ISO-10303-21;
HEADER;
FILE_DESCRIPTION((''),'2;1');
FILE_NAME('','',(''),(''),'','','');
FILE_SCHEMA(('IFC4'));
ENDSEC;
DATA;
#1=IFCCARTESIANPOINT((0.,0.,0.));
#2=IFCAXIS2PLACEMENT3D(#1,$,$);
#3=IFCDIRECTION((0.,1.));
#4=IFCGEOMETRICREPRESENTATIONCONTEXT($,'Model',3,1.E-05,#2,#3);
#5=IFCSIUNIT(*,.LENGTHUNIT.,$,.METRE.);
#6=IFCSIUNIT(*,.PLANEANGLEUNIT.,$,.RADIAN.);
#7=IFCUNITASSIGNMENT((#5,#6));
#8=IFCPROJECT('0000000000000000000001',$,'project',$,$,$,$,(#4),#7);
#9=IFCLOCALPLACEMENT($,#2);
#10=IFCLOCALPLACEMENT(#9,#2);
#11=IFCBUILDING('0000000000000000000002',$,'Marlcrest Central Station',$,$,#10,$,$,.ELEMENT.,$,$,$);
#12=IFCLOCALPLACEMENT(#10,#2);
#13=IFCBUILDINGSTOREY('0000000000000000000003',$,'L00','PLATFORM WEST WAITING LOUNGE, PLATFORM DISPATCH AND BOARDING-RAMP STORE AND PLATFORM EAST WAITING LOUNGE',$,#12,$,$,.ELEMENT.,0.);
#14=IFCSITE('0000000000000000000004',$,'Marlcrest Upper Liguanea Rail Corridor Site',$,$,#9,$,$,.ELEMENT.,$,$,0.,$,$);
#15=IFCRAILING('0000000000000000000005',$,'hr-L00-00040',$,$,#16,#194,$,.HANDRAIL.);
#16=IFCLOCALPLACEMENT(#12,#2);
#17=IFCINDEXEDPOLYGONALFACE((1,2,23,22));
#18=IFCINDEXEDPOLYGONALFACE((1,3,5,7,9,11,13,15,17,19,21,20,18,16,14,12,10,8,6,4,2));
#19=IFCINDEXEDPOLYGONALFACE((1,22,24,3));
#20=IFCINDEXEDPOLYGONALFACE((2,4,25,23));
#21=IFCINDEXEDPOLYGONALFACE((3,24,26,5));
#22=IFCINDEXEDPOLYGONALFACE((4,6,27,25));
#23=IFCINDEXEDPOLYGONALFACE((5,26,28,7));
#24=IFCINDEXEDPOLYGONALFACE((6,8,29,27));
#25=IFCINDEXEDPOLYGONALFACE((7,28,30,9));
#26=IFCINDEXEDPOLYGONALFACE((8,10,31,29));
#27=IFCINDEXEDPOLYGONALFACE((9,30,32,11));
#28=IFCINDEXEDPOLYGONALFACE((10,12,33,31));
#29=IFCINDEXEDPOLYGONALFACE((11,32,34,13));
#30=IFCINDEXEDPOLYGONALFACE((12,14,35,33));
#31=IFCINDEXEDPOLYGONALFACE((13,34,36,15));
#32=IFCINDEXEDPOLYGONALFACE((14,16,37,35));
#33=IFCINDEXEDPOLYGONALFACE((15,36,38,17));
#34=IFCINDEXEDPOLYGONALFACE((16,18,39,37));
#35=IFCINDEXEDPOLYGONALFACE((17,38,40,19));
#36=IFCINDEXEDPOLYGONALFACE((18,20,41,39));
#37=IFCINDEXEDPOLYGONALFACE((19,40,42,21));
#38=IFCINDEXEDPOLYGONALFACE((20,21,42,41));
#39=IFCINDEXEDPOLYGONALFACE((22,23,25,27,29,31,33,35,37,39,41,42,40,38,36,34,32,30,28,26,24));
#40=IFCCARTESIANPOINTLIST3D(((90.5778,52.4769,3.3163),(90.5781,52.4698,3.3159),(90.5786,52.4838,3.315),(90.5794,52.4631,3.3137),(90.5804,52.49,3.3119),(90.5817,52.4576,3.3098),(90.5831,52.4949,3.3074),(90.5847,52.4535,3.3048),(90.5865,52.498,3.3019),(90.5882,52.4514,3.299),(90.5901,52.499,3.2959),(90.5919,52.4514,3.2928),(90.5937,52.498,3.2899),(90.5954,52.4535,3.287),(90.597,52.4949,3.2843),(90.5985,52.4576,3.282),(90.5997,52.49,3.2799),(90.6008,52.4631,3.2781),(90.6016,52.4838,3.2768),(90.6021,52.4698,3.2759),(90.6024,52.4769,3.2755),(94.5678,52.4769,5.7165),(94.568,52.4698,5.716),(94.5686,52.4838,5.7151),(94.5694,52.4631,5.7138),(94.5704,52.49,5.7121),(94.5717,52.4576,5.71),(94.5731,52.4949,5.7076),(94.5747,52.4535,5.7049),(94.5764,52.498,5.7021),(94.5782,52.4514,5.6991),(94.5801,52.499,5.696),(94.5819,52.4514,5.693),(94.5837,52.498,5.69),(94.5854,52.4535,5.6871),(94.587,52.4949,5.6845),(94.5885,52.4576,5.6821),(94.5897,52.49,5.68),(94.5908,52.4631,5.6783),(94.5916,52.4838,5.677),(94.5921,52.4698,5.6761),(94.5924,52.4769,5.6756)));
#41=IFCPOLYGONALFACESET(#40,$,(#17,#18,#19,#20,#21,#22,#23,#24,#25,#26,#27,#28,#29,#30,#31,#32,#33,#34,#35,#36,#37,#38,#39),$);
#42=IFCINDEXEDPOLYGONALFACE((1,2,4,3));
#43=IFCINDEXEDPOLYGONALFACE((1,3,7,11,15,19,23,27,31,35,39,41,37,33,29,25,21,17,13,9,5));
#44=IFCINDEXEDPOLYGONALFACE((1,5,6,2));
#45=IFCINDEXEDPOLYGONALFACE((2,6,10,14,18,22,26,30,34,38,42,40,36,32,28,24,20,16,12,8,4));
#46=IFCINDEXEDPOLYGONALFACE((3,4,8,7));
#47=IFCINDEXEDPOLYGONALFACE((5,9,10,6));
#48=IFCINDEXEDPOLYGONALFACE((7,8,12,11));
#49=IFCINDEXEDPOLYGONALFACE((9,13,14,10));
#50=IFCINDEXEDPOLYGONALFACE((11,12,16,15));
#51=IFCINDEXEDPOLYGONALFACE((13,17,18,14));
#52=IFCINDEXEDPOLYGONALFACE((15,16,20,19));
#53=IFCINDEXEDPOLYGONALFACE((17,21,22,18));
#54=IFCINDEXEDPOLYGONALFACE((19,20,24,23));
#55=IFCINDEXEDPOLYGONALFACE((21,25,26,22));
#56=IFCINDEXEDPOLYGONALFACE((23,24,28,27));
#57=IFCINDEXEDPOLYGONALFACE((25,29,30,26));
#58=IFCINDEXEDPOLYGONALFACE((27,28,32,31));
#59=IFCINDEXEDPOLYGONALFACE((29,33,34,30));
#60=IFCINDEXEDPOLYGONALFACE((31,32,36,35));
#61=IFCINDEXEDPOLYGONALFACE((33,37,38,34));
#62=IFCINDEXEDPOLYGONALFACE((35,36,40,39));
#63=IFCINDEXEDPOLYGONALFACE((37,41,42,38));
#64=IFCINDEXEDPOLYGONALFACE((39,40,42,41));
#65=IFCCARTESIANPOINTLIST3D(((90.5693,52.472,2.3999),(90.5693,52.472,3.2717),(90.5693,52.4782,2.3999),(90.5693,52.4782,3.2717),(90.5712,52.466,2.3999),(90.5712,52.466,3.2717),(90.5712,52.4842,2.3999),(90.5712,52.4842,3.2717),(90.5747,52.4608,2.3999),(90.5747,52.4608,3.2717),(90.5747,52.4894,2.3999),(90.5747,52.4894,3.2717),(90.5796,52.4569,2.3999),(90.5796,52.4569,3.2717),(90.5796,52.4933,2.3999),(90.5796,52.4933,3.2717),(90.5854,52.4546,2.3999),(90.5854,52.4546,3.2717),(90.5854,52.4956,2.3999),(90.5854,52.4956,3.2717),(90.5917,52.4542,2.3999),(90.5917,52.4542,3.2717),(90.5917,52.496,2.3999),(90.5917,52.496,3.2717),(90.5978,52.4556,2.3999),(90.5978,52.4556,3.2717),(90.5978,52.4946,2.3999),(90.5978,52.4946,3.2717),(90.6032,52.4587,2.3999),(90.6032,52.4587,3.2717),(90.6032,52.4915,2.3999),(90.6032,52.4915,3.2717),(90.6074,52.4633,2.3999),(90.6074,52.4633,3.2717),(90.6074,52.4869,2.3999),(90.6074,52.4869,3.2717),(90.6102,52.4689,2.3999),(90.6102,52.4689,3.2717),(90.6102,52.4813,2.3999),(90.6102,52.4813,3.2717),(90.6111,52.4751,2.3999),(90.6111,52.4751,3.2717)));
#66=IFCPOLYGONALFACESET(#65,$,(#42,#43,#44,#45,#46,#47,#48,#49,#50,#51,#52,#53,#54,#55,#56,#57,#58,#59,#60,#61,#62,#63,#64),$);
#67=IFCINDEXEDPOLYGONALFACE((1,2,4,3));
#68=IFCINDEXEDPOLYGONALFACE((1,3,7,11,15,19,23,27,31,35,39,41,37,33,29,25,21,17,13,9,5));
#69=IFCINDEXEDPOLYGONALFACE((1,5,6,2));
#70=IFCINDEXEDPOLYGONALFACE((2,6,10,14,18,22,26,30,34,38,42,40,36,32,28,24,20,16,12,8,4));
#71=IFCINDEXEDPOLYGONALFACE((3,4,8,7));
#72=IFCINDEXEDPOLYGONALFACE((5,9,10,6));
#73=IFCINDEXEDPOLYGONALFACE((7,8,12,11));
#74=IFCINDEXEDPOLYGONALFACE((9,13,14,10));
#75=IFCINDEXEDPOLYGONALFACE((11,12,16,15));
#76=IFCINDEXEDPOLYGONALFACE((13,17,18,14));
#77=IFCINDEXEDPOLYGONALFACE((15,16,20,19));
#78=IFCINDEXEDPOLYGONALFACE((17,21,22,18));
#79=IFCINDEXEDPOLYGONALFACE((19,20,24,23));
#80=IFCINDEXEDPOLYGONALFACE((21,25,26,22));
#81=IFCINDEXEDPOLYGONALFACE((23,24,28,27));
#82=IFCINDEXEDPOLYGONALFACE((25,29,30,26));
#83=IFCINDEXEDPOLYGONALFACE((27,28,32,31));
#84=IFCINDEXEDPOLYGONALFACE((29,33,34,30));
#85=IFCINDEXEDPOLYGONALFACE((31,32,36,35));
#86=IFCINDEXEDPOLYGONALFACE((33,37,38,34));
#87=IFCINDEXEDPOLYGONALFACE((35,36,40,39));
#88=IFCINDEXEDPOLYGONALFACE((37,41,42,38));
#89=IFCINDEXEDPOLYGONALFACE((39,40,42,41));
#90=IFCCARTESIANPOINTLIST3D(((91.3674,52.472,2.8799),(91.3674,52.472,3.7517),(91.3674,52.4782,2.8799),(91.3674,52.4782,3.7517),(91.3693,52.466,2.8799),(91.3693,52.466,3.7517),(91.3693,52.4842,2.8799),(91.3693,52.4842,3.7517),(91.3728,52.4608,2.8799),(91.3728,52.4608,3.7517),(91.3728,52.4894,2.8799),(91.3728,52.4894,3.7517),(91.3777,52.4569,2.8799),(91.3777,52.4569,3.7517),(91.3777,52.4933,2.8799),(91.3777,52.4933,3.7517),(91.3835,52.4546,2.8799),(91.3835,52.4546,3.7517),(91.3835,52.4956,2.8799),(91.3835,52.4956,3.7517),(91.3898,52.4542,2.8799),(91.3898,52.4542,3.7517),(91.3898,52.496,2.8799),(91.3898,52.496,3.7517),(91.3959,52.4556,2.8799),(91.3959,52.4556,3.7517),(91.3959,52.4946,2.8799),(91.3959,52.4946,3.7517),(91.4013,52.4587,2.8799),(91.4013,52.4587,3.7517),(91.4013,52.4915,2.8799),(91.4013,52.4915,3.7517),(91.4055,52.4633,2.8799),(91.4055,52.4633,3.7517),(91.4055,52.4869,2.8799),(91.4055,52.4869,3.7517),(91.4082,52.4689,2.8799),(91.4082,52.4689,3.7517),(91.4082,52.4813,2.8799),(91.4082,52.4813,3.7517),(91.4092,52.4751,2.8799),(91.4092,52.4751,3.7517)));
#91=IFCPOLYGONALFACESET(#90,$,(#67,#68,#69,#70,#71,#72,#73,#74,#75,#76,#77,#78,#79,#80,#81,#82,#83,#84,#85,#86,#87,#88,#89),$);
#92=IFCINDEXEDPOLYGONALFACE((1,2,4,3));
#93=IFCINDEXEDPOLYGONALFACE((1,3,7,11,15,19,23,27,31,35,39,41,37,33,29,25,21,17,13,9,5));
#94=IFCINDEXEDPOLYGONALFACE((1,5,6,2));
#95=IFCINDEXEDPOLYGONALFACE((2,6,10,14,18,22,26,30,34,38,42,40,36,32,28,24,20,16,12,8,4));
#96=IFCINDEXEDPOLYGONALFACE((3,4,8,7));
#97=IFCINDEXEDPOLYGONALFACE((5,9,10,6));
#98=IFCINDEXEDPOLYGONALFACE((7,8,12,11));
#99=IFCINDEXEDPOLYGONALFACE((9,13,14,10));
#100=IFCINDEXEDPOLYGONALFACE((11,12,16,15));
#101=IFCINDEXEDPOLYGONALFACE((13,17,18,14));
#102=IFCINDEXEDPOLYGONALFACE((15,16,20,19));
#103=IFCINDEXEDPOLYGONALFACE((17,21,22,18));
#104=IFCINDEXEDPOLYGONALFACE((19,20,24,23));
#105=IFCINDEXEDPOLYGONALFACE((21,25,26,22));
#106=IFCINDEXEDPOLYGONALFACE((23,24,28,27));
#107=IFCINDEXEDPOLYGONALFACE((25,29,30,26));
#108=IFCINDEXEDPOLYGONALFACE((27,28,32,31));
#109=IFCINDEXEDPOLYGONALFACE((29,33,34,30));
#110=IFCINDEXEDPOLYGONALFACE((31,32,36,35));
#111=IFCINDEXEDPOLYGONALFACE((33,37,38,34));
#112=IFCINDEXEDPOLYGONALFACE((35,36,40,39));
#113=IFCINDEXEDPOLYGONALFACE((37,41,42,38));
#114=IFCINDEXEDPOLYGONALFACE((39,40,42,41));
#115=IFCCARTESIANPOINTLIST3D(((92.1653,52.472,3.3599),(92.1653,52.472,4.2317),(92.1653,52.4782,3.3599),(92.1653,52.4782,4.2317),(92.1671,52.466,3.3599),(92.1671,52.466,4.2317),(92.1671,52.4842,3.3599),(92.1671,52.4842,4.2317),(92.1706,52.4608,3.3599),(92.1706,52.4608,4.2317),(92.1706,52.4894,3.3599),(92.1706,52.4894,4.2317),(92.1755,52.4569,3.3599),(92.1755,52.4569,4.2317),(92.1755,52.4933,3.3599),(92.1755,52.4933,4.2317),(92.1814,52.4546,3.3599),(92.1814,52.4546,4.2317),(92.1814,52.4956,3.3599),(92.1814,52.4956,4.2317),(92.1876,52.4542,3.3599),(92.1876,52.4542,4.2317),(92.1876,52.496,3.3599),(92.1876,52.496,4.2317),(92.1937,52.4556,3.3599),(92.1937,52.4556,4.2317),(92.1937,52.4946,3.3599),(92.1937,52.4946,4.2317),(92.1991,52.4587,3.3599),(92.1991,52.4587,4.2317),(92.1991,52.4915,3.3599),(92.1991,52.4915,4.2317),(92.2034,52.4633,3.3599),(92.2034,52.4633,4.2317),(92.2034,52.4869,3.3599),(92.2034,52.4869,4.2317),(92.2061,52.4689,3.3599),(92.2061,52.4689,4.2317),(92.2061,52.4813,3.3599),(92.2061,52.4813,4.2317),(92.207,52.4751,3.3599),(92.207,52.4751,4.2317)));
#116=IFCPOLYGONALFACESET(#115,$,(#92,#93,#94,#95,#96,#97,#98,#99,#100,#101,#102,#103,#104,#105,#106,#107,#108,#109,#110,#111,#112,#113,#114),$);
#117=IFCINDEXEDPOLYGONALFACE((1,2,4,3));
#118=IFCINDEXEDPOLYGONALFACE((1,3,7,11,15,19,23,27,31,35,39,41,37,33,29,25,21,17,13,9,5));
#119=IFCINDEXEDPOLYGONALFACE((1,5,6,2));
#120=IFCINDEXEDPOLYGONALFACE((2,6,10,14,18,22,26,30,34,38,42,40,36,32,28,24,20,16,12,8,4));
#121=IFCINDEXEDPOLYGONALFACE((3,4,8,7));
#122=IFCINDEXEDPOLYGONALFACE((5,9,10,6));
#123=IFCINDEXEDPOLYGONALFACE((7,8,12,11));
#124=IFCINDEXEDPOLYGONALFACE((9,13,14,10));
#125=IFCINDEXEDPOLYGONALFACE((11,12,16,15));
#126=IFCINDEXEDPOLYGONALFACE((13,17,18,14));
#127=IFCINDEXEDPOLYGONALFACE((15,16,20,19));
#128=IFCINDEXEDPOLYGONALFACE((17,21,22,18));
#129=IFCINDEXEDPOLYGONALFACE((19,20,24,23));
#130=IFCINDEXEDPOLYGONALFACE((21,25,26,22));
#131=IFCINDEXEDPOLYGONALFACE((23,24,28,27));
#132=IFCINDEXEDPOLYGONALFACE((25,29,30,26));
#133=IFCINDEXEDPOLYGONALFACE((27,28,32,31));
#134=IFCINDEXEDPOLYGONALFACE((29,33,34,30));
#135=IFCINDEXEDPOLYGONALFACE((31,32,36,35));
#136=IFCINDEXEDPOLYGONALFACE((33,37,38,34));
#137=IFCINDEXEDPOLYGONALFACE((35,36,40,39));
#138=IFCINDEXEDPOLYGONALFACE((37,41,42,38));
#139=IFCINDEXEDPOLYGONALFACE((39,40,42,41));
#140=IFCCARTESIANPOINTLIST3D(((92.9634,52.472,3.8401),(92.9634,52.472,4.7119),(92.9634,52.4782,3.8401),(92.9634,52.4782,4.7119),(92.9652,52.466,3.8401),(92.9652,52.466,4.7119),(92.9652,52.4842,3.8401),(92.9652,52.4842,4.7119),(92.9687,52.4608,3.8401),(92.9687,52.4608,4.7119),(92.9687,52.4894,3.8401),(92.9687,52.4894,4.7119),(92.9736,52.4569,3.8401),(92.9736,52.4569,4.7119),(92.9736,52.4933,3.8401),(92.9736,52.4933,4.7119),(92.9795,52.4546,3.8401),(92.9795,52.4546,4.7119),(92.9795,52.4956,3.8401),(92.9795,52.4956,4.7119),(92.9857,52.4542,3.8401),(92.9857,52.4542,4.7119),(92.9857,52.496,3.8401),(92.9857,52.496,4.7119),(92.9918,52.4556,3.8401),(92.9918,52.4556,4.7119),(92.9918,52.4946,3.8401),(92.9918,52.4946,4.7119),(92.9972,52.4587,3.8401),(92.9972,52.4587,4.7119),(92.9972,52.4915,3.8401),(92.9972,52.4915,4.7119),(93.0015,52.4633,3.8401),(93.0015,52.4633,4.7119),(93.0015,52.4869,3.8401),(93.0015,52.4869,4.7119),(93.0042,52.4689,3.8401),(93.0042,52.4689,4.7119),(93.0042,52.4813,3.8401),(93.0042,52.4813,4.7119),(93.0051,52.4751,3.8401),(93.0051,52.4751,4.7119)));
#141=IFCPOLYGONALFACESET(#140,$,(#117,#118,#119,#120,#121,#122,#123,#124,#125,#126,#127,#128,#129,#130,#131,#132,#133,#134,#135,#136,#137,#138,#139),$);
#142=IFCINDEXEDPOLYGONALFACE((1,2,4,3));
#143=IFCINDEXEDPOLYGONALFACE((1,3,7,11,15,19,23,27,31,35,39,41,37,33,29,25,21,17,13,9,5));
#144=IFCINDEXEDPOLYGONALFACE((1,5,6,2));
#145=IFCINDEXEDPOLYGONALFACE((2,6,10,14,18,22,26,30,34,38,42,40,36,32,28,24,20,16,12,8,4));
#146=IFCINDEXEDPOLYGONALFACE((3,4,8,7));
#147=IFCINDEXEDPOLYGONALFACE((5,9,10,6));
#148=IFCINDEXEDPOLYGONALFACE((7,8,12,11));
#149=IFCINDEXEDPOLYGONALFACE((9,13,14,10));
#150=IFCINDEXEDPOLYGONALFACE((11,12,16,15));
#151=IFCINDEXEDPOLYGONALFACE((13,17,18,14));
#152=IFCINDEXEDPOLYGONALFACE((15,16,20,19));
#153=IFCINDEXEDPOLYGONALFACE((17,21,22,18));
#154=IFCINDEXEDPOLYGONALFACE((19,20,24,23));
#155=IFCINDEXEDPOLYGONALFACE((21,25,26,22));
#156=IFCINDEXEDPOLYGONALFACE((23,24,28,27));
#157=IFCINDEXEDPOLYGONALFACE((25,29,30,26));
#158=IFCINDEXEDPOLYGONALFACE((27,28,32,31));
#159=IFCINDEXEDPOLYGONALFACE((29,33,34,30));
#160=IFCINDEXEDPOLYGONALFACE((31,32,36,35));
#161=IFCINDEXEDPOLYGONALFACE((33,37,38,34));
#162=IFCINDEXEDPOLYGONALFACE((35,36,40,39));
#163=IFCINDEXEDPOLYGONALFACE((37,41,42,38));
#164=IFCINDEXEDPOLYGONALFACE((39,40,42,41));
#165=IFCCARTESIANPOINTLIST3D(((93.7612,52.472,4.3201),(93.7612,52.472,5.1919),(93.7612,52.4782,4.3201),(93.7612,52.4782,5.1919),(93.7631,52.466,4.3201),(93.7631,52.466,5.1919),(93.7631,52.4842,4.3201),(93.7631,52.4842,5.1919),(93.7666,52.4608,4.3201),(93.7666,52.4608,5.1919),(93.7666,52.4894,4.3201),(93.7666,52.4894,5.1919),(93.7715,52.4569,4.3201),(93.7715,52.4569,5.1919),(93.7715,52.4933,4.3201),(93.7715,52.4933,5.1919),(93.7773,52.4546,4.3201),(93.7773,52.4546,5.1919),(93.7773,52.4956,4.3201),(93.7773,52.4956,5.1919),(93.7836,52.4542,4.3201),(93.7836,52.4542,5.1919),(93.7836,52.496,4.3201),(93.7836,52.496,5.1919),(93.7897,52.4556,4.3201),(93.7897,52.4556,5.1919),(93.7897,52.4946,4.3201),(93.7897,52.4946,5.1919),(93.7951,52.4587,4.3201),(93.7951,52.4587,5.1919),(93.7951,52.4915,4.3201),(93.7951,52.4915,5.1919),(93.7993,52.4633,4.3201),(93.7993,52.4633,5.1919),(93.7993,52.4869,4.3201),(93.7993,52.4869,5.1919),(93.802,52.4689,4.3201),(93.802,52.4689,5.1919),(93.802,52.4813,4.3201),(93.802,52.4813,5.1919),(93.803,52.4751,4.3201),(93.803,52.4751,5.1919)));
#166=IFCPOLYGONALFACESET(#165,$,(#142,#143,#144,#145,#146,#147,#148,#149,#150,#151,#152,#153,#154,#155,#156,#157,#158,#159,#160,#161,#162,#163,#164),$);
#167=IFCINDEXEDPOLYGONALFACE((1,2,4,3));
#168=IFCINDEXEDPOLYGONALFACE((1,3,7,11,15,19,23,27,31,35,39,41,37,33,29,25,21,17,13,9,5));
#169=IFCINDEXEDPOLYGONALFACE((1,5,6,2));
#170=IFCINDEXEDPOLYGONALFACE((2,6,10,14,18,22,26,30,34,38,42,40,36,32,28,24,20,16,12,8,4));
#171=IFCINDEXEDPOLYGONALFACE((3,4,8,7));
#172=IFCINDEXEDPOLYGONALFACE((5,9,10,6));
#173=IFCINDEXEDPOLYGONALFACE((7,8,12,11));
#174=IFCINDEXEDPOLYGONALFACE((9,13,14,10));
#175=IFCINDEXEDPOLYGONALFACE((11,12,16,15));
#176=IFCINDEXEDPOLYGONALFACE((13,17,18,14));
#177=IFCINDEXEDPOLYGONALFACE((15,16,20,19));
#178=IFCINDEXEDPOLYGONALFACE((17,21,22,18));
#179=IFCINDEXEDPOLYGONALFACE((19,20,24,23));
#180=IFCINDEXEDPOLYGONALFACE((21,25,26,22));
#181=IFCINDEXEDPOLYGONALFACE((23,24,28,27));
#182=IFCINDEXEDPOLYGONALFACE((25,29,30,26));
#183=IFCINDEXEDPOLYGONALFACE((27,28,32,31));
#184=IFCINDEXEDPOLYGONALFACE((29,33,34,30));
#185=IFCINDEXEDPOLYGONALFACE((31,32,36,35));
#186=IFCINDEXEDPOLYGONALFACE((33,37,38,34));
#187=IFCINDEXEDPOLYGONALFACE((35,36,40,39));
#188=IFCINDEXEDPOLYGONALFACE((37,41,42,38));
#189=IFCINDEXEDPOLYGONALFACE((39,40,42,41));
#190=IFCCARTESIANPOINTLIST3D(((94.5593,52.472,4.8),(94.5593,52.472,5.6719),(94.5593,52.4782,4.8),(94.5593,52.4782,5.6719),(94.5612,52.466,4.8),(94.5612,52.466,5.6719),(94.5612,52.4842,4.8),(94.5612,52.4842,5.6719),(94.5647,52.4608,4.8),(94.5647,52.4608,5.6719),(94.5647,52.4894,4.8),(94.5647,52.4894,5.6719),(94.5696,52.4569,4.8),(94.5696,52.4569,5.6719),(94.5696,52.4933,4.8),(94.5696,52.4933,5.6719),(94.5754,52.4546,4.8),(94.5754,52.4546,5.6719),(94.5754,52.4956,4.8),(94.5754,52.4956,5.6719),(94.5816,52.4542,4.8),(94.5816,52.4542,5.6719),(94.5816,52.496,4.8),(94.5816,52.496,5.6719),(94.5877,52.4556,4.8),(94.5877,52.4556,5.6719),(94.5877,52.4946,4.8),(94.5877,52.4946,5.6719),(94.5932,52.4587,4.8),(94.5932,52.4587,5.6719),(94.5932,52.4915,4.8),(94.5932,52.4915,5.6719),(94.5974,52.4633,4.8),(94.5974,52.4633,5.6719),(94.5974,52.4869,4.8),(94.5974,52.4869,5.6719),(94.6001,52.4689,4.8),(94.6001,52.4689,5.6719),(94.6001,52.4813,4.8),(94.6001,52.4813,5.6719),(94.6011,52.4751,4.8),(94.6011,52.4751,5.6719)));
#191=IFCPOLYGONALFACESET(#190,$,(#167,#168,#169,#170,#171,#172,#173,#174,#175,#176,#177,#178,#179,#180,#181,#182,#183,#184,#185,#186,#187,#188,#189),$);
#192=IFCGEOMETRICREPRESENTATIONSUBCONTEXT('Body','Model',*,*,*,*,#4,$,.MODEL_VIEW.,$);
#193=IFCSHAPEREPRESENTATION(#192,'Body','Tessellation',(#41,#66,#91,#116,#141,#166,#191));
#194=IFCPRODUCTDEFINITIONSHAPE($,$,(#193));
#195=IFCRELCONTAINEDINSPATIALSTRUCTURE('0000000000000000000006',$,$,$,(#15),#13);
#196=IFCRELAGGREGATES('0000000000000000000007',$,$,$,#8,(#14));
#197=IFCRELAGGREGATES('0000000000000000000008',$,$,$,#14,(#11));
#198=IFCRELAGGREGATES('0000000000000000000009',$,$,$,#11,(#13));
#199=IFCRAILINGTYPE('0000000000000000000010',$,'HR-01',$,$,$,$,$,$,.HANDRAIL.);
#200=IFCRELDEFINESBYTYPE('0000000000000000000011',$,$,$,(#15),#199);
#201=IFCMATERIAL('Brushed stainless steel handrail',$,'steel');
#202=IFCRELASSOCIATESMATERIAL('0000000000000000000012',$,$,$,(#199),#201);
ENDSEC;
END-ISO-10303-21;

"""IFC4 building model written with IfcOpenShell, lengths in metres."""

from ifc_helpers import new_model, si_unit, direction, frame, origin, origin_2d, place, context, subcontext, project, spatial, circle, extrude, material, type_object, element, save


model = new_model("IFC4")

# Units and contexts
model_context = context("Model", 3, precision=1e-05, world=origin(), true_north=direction((0.0, 1.0)))
body_context = subcontext(model_context, "Body", "Model", "MODEL_VIEW")
ifc_project = project(units=[si_unit("LENGTHUNIT", "METRE"), si_unit("PLANEANGLEUNIT", "RADIAN")], contexts=[model_context])

# Site, building, storey
site_placement = place(None, origin())
site = spatial("IfcSite", under=ifc_project, at=site_placement, Name="Marlcrest Upper Liguanea Rail Corridor Site", CompositionType="ELEMENT", RefElevation=0.0)
building_placement = place(site_placement, origin())
building = spatial("IfcBuilding", under=site, at=building_placement, Name="Marlcrest Central Station", CompositionType="ELEMENT")
storey_placement = place(building_placement, origin())
storey = spatial("IfcBuildingStorey", under=building, at=storey_placement, Name="L00", Description="PLATFORM WEST WAITING LOUNGE, PLATFORM DISPATCH AND BOARDING-RAMP STORE AND PLATFORM EAST WAITING LOUNGE", CompositionType="ELEMENT", Elevation=0.0)

# Railing
ifc_material_1 = material(Name="Brushed stainless steel handrail", Category="steel")
railing_type = type_object("IfcRailingType", Name="HR-01", PredefinedType="HANDRAIL", material=ifc_material_1)
railing_1_placement = place(storey_placement, frame((90.5901, 52.4751, 2.3999)))
element("IfcRailing", 1, at=railing_1_placement, inside=storey, type_object=railing_type, Name="hr-L00-00040", PredefinedType="HANDRAIL", context=body_context, shape_type="SweptSolid", body=[
    extrude(circle(Radius=0.0239, at=origin_2d()), frame((0.0, 0.0, 0.896), z_axis=(0.856909, 0.0, 0.515467), x_axis=(0.0, 1.0, 0.0)), (0.0, 0.0, 1.0), 4.6562),
    extrude(circle(Radius=0.021, at=origin_2d()), origin(), (0.0, 0.0, 1.0), 0.8718),
    extrude(circle(Radius=0.021, at=origin_2d()), frame((0.7981, 0.0, 0.48)), (0.0, 0.0, 1.0), 0.8718),
    extrude(circle(Radius=0.021, at=origin_2d()), frame((1.5959, 0.0, 0.96)), (0.0, 0.0, 1.0), 0.8718),
    extrude(circle(Radius=0.021, at=origin_2d()), frame((2.394, 0.0, 1.4402)), (0.0, 0.0, 1.0), 0.8718),
    extrude(circle(Radius=0.021, at=origin_2d()), frame((3.1919, 0.0, 1.9202)), (0.0, 0.0, 1.0), 0.8718),
    extrude(circle(Radius=0.021, at=origin_2d()), frame((3.99, 0.0, 2.4001)), (0.0, 0.0, 1.0), 0.8718),
])

save(model, "model.ifc")
